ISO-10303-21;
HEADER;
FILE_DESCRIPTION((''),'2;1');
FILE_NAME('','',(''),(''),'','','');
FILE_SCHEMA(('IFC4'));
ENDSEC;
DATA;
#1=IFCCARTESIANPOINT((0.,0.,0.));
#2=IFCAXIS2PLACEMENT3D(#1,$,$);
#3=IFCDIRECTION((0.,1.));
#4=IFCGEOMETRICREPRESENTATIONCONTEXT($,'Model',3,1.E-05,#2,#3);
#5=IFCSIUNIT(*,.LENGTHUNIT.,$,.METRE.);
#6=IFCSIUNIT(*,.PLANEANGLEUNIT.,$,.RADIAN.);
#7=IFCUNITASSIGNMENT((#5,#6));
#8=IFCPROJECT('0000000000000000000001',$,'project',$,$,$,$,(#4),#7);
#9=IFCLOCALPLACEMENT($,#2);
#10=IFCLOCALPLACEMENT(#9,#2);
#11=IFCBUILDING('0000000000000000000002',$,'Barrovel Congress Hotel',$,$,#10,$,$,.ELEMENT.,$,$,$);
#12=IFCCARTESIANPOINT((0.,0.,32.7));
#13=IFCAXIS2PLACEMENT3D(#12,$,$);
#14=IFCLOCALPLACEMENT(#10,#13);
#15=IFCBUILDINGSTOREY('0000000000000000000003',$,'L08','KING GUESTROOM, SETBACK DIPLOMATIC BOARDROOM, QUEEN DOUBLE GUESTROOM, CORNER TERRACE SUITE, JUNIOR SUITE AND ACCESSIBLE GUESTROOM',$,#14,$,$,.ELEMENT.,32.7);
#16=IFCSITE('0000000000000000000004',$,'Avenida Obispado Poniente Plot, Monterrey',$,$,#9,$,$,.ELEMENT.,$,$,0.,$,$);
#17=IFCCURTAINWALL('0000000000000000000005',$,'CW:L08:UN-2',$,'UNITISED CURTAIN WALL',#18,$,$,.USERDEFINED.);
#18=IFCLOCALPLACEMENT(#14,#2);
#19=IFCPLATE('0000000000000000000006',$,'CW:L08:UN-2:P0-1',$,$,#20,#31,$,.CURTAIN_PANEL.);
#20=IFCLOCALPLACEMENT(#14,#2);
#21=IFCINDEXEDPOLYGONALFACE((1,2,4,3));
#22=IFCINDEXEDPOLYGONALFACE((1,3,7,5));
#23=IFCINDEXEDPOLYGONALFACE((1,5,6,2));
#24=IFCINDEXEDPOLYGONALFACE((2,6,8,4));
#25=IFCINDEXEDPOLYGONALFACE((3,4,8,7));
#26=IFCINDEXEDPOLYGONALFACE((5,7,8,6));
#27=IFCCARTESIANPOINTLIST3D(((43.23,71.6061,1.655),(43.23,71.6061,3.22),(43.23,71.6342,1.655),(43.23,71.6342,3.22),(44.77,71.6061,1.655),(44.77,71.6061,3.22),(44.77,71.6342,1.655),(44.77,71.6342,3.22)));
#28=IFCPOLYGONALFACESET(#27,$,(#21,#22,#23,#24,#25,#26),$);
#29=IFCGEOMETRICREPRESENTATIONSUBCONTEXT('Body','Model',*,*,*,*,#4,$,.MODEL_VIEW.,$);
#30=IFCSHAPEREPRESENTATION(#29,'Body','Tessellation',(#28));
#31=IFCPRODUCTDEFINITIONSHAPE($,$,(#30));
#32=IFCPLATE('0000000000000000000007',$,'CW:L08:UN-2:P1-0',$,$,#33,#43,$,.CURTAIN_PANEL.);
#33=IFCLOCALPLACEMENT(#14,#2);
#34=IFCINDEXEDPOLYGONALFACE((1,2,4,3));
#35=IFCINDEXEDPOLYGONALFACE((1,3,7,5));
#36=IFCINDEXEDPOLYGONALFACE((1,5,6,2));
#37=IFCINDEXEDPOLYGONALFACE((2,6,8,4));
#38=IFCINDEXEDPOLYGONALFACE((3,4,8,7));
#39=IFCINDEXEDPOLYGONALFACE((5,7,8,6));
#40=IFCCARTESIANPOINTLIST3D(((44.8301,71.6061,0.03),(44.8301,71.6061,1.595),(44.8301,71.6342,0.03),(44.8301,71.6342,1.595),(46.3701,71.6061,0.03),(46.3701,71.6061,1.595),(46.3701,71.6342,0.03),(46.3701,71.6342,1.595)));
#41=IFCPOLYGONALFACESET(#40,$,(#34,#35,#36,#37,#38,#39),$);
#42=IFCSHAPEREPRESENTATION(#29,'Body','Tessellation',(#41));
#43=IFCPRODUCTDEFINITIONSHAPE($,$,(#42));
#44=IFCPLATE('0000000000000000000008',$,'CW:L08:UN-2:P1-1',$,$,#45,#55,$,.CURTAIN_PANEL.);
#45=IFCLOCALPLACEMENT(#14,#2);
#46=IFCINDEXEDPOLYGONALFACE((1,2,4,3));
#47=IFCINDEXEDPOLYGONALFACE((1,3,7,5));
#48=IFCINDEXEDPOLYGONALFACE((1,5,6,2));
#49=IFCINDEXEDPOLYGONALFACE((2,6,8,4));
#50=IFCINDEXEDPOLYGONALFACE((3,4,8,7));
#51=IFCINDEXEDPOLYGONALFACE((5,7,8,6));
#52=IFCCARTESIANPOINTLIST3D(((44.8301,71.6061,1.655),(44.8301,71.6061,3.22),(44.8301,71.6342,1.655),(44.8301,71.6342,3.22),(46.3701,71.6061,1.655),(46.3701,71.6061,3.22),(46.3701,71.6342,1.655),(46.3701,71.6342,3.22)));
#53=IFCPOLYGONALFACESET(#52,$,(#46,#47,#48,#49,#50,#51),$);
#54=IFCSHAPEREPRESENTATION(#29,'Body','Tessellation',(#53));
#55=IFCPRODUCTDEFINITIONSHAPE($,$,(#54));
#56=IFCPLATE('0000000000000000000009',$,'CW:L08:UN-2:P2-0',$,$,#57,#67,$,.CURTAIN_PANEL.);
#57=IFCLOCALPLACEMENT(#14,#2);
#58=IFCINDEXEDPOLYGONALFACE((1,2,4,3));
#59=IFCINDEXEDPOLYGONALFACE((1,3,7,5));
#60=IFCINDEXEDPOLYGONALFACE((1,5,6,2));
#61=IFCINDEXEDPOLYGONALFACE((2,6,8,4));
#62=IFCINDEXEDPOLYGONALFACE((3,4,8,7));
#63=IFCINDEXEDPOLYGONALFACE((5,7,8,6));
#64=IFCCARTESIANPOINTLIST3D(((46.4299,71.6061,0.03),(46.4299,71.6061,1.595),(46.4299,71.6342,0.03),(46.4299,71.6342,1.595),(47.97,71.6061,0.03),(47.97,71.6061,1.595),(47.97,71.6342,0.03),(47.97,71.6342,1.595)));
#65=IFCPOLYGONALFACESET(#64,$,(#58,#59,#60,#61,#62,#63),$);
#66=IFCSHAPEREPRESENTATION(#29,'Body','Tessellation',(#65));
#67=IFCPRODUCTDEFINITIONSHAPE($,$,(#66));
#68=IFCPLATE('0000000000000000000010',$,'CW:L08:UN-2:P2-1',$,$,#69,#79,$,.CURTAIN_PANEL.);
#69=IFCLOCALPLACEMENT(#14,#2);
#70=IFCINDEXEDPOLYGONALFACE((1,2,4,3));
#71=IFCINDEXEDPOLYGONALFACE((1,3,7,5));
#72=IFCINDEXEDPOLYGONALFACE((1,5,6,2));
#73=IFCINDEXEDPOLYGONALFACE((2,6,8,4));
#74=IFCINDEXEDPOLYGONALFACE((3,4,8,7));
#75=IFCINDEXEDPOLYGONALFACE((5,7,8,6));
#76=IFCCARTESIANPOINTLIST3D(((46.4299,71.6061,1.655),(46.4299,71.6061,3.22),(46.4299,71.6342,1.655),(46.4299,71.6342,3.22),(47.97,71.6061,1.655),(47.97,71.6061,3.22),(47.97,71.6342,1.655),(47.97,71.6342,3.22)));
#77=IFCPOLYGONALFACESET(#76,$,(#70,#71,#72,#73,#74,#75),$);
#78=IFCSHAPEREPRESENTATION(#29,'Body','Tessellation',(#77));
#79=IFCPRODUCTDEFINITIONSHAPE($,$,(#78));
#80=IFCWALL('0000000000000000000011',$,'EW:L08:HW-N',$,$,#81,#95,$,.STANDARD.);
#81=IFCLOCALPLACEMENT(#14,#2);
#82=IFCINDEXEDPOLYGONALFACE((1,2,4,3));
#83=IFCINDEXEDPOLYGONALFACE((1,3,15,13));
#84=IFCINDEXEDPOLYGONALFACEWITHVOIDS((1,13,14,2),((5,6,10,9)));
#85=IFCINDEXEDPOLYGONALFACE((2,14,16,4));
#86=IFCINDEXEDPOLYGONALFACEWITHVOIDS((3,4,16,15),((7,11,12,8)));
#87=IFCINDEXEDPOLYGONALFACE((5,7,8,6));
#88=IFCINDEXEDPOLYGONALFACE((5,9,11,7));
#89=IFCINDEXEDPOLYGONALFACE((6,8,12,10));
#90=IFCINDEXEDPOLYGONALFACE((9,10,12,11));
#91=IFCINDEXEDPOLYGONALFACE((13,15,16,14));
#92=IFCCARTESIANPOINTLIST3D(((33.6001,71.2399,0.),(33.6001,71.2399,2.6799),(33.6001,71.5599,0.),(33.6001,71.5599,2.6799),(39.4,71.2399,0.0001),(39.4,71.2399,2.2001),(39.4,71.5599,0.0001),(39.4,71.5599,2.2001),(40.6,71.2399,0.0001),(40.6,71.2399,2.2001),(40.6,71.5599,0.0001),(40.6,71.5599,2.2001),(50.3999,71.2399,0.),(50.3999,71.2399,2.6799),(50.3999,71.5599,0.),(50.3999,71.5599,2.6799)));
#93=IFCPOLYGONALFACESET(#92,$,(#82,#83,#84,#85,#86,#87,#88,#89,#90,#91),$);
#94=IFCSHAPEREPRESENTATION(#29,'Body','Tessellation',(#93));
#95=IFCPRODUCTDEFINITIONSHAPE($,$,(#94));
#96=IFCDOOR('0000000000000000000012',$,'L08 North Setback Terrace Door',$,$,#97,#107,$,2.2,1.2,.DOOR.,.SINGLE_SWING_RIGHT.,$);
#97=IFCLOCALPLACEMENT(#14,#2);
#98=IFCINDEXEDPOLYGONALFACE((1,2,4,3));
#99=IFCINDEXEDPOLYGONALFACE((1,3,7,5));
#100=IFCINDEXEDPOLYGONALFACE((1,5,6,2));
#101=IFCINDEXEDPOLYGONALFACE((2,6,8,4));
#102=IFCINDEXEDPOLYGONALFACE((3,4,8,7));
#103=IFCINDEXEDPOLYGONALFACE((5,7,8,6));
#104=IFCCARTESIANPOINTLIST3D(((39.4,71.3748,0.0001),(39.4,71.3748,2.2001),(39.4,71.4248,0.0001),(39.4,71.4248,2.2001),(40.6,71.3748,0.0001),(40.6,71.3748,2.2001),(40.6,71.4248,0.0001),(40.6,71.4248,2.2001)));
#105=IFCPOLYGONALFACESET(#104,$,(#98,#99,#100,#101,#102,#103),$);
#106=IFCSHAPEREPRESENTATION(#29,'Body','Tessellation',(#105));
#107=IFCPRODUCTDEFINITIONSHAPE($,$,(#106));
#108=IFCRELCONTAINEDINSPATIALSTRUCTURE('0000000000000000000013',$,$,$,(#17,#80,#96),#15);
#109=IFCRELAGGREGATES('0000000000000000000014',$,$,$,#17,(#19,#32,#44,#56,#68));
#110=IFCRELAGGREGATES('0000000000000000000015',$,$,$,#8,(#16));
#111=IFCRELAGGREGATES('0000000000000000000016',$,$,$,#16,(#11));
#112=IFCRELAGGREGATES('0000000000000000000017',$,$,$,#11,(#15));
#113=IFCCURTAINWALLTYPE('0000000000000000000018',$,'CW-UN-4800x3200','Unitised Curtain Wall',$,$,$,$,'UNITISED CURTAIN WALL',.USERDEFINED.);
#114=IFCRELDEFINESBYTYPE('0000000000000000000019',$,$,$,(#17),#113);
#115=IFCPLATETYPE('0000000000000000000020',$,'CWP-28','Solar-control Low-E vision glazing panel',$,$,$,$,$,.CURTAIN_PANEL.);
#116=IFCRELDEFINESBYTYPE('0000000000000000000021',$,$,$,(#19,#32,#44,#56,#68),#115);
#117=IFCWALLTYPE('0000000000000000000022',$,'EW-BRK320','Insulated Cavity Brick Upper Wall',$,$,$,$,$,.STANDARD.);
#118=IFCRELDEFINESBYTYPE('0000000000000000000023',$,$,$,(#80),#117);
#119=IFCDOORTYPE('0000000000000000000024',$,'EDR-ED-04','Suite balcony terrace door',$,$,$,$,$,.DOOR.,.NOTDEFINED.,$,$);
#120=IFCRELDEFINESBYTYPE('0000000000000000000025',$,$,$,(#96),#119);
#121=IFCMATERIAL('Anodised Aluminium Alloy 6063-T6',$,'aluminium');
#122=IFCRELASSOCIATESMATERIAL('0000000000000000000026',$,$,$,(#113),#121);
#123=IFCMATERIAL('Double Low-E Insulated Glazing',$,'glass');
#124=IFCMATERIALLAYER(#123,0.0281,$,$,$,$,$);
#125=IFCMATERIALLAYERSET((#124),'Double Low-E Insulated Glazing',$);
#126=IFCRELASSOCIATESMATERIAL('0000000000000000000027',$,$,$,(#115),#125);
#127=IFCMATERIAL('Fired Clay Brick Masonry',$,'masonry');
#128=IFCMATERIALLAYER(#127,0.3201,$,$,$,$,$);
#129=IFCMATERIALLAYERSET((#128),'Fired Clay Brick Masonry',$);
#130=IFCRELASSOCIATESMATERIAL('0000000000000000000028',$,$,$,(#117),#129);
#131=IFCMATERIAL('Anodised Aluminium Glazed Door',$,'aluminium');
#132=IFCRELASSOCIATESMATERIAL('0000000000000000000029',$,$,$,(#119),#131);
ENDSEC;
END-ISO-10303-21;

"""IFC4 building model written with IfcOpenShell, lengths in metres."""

from ifc_helpers import new_model, si_unit, direction, frame, frame_2d, origin, origin_2d, place, context, subcontext, project, spatial, rectangle, extrude, material, layer, layer_set, type_object, element, fill, aggregate, save


model = new_model("IFC4")

# Units and contexts
model_context = context("Model", 3, precision=1e-05, world=origin(), true_north=direction((0.0, 1.0)))
body_context = subcontext(model_context, "Body", "Model", "MODEL_VIEW")
ifc_project = project(units=[si_unit("LENGTHUNIT", "METRE"), si_unit("PLANEANGLEUNIT", "RADIAN")], contexts=[model_context])

# Site, building, storey
site_placement = place(None, origin())
site = spatial("IfcSite", under=ifc_project, at=site_placement, Name="Avenida Obispado Poniente Plot, Monterrey", CompositionType="ELEMENT", RefElevation=0.0)
building_placement = place(site_placement, origin())
building = spatial("IfcBuilding", under=site, at=building_placement, Name="Barrovel Congress Hotel", CompositionType="ELEMENT")
storey_placement = place(building_placement, frame((0.0, 0.0, 32.7)))
storey = spatial("IfcBuildingStorey", under=building, at=storey_placement, Name="L08", Description="KING GUESTROOM, SETBACK DIPLOMATIC BOARDROOM, QUEEN DOUBLE GUESTROOM, CORNER TERRACE SUITE, JUNIOR SUITE AND ACCESSIBLE GUESTROOM", CompositionType="ELEMENT", Elevation=32.7)

# Curtain wall
ifc_material_1 = material(Name="Anodised Aluminium Alloy 6063-T6", Category="aluminium")
curtain_wall_type = type_object("IfcCurtainWallType", Name="CW-UN-4800x3200", Description="Unitised Curtain Wall", ElementType="UNITISED CURTAIN WALL", PredefinedType="USERDEFINED", material=ifc_material_1)
curtain_wall_placement = place(storey_placement, origin())
curtain_wall = element("IfcCurtainWall", 1, at=curtain_wall_placement, inside=storey, type_object=curtain_wall_type, Name="CW:L08:UN-2", ObjectType="UNITISED CURTAIN WALL", PredefinedType="USERDEFINED")

# Plates
ifc_material_2 = material(Name="Double Low-E Insulated Glazing", Category="glass")
ifc_layer_1 = layer(ifc_material_2, 0.0281)
ifc_layer_set_1 = layer_set([ifc_layer_1], Name="Double Low-E Insulated Glazing")
plate_type = type_object("IfcPlateType", Name="CWP-28", Description="Solar-control Low-E vision glazing panel", PredefinedType="CURTAIN_PANEL", material=ifc_layer_set_1)
plate_1_placement = place(storey_placement, frame((44.0, 71.6201, 1.655), z_axis=(0.0, 0.0, 1.0), x_axis=(1.0, 0.0, 0.0)))
plate_1 = element("IfcPlate", 2, at=plate_1_placement, type_object=plate_type, Name="CW:L08:UN-2:P0-1", PredefinedType="CURTAIN_PANEL", context=body_context, shape_type="SweptSolid", body=[
    extrude(rectangle(XDim=1.54, YDim=0.0281, at=origin_2d()), origin(), (0.0, 0.0, 1.0), 1.5649),
])
plate_2_placement = place(storey_placement, frame((45.6001, 71.6201, 0.03), z_axis=(0.0, 0.0, 1.0), x_axis=(1.0, 0.0, 0.0)))
plate_2 = element("IfcPlate", 3, at=plate_2_placement, type_object=plate_type, Name="CW:L08:UN-2:P1-0", PredefinedType="CURTAIN_PANEL", context=body_context, shape_type="SweptSolid", body=[
    extrude(rectangle(XDim=1.54, YDim=0.0281, at=origin_2d()), origin(), (0.0, 0.0, 1.0), 1.5649),
])
plate_3_placement = place(storey_placement, frame((45.6001, 71.6201, 1.655), z_axis=(0.0, 0.0, 1.0), x_axis=(1.0, 0.0, 0.0)))
plate_3 = element("IfcPlate", 4, at=plate_3_placement, type_object=plate_type, Name="CW:L08:UN-2:P1-1", PredefinedType="CURTAIN_PANEL", context=body_context, shape_type="SweptSolid", body=[
    extrude(rectangle(XDim=1.54, YDim=0.0281, at=origin_2d()), origin(), (0.0, 0.0, 1.0), 1.5649),
])
plate_4_placement = place(storey_placement, frame((47.2, 71.6201, 0.03), z_axis=(0.0, 0.0, 1.0), x_axis=(1.0, 0.0, 0.0)))
plate_4 = element("IfcPlate", 5, at=plate_4_placement, type_object=plate_type, Name="CW:L08:UN-2:P2-0", PredefinedType="CURTAIN_PANEL", context=body_context, shape_type="SweptSolid", body=[
    extrude(rectangle(XDim=1.54, YDim=0.0281, at=origin_2d()), origin(), (0.0, 0.0, 1.0), 1.5649),
])
plate_5_placement = place(storey_placement, frame((47.2, 71.6201, 1.655), z_axis=(0.0, 0.0, 1.0), x_axis=(1.0, 0.0, 0.0)))
plate_5 = element("IfcPlate", 6, at=plate_5_placement, type_object=plate_type, Name="CW:L08:UN-2:P2-1", PredefinedType="CURTAIN_PANEL", context=body_context, shape_type="SweptSolid", body=[
    extrude(rectangle(XDim=1.54, YDim=0.0281, at=origin_2d()), origin(), (0.0, 0.0, 1.0), 1.5649),
])
aggregate(curtain_wall, [plate_1, plate_2, plate_3, plate_4, plate_5])

# Wall, opening, door
ifc_material_3 = material(Name="Fired Clay Brick Masonry", Category="masonry")
ifc_layer_2 = layer(ifc_material_3, 0.3201)
ifc_layer_set_2 = layer_set([ifc_layer_2], Name="Fired Clay Brick Masonry")
wall_type = type_object("IfcWallType", Name="EW-BRK320", Description="Insulated Cavity Brick Upper Wall", PredefinedType="STANDARD", material=ifc_layer_set_2)
wall_placement = place(storey_placement, frame((50.3999, 71.3999, 0.0), z_axis=(0.0, 0.0, 1.0), x_axis=(-1.0, 0.0, 0.0)))
wall = element("IfcWall", 7, at=wall_placement, inside=storey, type_object=wall_type, Name="EW:L08:HW-N", PredefinedType="STANDARD", context=body_context, shape_type="SweptSolid", body=[
    extrude(rectangle(XDim=16.7998, YDim=0.3201, at=frame_2d((8.3999, 0.0))), origin(), (0.0, 0.0, 1.0), 2.6799),
])
opening_placement = place(wall_placement, frame((11.0, 0.0, 0.0), z_axis=(0.0, 0.0, 1.0), x_axis=(-1.0, 0.0, 0.0)))
opening = element("IfcOpeningElement", 8, at=opening_placement, cuts=wall, PredefinedType="OPENING", context=body_context, shape_type="SweptSolid", body=[
    extrude(rectangle(XDim=1.2, YDim=2.2, at=frame_2d((0.6001, 1.1001))), frame((0.0, 0.1699, 0.0), z_axis=(0.0, -1.0, 0.0), x_axis=(1.0, 0.0, 0.0)), (0.0, 0.0, 1.0), 0.3401),
])
ifc_material_4 = material(Name="Anodised Aluminium Glazed Door", Category="aluminium")
door_type = type_object("IfcDoorType", Name="EDR-ED-04", Description="Suite balcony terrace door", OperationType="NOTDEFINED", PredefinedType="DOOR", material=ifc_material_4)
door_placement = place(opening_placement, origin())
door = element("IfcDoor", 9, at=door_placement, inside=storey, type_object=door_type, Name="L08 North Setback Terrace Door", OperationType="SINGLE_SWING_RIGHT", OverallHeight=2.2, OverallWidth=1.2, PredefinedType="DOOR", context=body_context, shape_type="SweptSolid", body=[
    extrude(rectangle(XDim=1.2, YDim=2.2, at=frame_2d((0.6001, 1.1001))), frame((0.0, 0.0249, 0.0), z_axis=(0.0, -1.0, 0.0), x_axis=(1.0, 0.0, 0.0)), (0.0, 0.0, 1.0), 0.05),
])
fill(opening, door)

save(model, "model.ifc")
